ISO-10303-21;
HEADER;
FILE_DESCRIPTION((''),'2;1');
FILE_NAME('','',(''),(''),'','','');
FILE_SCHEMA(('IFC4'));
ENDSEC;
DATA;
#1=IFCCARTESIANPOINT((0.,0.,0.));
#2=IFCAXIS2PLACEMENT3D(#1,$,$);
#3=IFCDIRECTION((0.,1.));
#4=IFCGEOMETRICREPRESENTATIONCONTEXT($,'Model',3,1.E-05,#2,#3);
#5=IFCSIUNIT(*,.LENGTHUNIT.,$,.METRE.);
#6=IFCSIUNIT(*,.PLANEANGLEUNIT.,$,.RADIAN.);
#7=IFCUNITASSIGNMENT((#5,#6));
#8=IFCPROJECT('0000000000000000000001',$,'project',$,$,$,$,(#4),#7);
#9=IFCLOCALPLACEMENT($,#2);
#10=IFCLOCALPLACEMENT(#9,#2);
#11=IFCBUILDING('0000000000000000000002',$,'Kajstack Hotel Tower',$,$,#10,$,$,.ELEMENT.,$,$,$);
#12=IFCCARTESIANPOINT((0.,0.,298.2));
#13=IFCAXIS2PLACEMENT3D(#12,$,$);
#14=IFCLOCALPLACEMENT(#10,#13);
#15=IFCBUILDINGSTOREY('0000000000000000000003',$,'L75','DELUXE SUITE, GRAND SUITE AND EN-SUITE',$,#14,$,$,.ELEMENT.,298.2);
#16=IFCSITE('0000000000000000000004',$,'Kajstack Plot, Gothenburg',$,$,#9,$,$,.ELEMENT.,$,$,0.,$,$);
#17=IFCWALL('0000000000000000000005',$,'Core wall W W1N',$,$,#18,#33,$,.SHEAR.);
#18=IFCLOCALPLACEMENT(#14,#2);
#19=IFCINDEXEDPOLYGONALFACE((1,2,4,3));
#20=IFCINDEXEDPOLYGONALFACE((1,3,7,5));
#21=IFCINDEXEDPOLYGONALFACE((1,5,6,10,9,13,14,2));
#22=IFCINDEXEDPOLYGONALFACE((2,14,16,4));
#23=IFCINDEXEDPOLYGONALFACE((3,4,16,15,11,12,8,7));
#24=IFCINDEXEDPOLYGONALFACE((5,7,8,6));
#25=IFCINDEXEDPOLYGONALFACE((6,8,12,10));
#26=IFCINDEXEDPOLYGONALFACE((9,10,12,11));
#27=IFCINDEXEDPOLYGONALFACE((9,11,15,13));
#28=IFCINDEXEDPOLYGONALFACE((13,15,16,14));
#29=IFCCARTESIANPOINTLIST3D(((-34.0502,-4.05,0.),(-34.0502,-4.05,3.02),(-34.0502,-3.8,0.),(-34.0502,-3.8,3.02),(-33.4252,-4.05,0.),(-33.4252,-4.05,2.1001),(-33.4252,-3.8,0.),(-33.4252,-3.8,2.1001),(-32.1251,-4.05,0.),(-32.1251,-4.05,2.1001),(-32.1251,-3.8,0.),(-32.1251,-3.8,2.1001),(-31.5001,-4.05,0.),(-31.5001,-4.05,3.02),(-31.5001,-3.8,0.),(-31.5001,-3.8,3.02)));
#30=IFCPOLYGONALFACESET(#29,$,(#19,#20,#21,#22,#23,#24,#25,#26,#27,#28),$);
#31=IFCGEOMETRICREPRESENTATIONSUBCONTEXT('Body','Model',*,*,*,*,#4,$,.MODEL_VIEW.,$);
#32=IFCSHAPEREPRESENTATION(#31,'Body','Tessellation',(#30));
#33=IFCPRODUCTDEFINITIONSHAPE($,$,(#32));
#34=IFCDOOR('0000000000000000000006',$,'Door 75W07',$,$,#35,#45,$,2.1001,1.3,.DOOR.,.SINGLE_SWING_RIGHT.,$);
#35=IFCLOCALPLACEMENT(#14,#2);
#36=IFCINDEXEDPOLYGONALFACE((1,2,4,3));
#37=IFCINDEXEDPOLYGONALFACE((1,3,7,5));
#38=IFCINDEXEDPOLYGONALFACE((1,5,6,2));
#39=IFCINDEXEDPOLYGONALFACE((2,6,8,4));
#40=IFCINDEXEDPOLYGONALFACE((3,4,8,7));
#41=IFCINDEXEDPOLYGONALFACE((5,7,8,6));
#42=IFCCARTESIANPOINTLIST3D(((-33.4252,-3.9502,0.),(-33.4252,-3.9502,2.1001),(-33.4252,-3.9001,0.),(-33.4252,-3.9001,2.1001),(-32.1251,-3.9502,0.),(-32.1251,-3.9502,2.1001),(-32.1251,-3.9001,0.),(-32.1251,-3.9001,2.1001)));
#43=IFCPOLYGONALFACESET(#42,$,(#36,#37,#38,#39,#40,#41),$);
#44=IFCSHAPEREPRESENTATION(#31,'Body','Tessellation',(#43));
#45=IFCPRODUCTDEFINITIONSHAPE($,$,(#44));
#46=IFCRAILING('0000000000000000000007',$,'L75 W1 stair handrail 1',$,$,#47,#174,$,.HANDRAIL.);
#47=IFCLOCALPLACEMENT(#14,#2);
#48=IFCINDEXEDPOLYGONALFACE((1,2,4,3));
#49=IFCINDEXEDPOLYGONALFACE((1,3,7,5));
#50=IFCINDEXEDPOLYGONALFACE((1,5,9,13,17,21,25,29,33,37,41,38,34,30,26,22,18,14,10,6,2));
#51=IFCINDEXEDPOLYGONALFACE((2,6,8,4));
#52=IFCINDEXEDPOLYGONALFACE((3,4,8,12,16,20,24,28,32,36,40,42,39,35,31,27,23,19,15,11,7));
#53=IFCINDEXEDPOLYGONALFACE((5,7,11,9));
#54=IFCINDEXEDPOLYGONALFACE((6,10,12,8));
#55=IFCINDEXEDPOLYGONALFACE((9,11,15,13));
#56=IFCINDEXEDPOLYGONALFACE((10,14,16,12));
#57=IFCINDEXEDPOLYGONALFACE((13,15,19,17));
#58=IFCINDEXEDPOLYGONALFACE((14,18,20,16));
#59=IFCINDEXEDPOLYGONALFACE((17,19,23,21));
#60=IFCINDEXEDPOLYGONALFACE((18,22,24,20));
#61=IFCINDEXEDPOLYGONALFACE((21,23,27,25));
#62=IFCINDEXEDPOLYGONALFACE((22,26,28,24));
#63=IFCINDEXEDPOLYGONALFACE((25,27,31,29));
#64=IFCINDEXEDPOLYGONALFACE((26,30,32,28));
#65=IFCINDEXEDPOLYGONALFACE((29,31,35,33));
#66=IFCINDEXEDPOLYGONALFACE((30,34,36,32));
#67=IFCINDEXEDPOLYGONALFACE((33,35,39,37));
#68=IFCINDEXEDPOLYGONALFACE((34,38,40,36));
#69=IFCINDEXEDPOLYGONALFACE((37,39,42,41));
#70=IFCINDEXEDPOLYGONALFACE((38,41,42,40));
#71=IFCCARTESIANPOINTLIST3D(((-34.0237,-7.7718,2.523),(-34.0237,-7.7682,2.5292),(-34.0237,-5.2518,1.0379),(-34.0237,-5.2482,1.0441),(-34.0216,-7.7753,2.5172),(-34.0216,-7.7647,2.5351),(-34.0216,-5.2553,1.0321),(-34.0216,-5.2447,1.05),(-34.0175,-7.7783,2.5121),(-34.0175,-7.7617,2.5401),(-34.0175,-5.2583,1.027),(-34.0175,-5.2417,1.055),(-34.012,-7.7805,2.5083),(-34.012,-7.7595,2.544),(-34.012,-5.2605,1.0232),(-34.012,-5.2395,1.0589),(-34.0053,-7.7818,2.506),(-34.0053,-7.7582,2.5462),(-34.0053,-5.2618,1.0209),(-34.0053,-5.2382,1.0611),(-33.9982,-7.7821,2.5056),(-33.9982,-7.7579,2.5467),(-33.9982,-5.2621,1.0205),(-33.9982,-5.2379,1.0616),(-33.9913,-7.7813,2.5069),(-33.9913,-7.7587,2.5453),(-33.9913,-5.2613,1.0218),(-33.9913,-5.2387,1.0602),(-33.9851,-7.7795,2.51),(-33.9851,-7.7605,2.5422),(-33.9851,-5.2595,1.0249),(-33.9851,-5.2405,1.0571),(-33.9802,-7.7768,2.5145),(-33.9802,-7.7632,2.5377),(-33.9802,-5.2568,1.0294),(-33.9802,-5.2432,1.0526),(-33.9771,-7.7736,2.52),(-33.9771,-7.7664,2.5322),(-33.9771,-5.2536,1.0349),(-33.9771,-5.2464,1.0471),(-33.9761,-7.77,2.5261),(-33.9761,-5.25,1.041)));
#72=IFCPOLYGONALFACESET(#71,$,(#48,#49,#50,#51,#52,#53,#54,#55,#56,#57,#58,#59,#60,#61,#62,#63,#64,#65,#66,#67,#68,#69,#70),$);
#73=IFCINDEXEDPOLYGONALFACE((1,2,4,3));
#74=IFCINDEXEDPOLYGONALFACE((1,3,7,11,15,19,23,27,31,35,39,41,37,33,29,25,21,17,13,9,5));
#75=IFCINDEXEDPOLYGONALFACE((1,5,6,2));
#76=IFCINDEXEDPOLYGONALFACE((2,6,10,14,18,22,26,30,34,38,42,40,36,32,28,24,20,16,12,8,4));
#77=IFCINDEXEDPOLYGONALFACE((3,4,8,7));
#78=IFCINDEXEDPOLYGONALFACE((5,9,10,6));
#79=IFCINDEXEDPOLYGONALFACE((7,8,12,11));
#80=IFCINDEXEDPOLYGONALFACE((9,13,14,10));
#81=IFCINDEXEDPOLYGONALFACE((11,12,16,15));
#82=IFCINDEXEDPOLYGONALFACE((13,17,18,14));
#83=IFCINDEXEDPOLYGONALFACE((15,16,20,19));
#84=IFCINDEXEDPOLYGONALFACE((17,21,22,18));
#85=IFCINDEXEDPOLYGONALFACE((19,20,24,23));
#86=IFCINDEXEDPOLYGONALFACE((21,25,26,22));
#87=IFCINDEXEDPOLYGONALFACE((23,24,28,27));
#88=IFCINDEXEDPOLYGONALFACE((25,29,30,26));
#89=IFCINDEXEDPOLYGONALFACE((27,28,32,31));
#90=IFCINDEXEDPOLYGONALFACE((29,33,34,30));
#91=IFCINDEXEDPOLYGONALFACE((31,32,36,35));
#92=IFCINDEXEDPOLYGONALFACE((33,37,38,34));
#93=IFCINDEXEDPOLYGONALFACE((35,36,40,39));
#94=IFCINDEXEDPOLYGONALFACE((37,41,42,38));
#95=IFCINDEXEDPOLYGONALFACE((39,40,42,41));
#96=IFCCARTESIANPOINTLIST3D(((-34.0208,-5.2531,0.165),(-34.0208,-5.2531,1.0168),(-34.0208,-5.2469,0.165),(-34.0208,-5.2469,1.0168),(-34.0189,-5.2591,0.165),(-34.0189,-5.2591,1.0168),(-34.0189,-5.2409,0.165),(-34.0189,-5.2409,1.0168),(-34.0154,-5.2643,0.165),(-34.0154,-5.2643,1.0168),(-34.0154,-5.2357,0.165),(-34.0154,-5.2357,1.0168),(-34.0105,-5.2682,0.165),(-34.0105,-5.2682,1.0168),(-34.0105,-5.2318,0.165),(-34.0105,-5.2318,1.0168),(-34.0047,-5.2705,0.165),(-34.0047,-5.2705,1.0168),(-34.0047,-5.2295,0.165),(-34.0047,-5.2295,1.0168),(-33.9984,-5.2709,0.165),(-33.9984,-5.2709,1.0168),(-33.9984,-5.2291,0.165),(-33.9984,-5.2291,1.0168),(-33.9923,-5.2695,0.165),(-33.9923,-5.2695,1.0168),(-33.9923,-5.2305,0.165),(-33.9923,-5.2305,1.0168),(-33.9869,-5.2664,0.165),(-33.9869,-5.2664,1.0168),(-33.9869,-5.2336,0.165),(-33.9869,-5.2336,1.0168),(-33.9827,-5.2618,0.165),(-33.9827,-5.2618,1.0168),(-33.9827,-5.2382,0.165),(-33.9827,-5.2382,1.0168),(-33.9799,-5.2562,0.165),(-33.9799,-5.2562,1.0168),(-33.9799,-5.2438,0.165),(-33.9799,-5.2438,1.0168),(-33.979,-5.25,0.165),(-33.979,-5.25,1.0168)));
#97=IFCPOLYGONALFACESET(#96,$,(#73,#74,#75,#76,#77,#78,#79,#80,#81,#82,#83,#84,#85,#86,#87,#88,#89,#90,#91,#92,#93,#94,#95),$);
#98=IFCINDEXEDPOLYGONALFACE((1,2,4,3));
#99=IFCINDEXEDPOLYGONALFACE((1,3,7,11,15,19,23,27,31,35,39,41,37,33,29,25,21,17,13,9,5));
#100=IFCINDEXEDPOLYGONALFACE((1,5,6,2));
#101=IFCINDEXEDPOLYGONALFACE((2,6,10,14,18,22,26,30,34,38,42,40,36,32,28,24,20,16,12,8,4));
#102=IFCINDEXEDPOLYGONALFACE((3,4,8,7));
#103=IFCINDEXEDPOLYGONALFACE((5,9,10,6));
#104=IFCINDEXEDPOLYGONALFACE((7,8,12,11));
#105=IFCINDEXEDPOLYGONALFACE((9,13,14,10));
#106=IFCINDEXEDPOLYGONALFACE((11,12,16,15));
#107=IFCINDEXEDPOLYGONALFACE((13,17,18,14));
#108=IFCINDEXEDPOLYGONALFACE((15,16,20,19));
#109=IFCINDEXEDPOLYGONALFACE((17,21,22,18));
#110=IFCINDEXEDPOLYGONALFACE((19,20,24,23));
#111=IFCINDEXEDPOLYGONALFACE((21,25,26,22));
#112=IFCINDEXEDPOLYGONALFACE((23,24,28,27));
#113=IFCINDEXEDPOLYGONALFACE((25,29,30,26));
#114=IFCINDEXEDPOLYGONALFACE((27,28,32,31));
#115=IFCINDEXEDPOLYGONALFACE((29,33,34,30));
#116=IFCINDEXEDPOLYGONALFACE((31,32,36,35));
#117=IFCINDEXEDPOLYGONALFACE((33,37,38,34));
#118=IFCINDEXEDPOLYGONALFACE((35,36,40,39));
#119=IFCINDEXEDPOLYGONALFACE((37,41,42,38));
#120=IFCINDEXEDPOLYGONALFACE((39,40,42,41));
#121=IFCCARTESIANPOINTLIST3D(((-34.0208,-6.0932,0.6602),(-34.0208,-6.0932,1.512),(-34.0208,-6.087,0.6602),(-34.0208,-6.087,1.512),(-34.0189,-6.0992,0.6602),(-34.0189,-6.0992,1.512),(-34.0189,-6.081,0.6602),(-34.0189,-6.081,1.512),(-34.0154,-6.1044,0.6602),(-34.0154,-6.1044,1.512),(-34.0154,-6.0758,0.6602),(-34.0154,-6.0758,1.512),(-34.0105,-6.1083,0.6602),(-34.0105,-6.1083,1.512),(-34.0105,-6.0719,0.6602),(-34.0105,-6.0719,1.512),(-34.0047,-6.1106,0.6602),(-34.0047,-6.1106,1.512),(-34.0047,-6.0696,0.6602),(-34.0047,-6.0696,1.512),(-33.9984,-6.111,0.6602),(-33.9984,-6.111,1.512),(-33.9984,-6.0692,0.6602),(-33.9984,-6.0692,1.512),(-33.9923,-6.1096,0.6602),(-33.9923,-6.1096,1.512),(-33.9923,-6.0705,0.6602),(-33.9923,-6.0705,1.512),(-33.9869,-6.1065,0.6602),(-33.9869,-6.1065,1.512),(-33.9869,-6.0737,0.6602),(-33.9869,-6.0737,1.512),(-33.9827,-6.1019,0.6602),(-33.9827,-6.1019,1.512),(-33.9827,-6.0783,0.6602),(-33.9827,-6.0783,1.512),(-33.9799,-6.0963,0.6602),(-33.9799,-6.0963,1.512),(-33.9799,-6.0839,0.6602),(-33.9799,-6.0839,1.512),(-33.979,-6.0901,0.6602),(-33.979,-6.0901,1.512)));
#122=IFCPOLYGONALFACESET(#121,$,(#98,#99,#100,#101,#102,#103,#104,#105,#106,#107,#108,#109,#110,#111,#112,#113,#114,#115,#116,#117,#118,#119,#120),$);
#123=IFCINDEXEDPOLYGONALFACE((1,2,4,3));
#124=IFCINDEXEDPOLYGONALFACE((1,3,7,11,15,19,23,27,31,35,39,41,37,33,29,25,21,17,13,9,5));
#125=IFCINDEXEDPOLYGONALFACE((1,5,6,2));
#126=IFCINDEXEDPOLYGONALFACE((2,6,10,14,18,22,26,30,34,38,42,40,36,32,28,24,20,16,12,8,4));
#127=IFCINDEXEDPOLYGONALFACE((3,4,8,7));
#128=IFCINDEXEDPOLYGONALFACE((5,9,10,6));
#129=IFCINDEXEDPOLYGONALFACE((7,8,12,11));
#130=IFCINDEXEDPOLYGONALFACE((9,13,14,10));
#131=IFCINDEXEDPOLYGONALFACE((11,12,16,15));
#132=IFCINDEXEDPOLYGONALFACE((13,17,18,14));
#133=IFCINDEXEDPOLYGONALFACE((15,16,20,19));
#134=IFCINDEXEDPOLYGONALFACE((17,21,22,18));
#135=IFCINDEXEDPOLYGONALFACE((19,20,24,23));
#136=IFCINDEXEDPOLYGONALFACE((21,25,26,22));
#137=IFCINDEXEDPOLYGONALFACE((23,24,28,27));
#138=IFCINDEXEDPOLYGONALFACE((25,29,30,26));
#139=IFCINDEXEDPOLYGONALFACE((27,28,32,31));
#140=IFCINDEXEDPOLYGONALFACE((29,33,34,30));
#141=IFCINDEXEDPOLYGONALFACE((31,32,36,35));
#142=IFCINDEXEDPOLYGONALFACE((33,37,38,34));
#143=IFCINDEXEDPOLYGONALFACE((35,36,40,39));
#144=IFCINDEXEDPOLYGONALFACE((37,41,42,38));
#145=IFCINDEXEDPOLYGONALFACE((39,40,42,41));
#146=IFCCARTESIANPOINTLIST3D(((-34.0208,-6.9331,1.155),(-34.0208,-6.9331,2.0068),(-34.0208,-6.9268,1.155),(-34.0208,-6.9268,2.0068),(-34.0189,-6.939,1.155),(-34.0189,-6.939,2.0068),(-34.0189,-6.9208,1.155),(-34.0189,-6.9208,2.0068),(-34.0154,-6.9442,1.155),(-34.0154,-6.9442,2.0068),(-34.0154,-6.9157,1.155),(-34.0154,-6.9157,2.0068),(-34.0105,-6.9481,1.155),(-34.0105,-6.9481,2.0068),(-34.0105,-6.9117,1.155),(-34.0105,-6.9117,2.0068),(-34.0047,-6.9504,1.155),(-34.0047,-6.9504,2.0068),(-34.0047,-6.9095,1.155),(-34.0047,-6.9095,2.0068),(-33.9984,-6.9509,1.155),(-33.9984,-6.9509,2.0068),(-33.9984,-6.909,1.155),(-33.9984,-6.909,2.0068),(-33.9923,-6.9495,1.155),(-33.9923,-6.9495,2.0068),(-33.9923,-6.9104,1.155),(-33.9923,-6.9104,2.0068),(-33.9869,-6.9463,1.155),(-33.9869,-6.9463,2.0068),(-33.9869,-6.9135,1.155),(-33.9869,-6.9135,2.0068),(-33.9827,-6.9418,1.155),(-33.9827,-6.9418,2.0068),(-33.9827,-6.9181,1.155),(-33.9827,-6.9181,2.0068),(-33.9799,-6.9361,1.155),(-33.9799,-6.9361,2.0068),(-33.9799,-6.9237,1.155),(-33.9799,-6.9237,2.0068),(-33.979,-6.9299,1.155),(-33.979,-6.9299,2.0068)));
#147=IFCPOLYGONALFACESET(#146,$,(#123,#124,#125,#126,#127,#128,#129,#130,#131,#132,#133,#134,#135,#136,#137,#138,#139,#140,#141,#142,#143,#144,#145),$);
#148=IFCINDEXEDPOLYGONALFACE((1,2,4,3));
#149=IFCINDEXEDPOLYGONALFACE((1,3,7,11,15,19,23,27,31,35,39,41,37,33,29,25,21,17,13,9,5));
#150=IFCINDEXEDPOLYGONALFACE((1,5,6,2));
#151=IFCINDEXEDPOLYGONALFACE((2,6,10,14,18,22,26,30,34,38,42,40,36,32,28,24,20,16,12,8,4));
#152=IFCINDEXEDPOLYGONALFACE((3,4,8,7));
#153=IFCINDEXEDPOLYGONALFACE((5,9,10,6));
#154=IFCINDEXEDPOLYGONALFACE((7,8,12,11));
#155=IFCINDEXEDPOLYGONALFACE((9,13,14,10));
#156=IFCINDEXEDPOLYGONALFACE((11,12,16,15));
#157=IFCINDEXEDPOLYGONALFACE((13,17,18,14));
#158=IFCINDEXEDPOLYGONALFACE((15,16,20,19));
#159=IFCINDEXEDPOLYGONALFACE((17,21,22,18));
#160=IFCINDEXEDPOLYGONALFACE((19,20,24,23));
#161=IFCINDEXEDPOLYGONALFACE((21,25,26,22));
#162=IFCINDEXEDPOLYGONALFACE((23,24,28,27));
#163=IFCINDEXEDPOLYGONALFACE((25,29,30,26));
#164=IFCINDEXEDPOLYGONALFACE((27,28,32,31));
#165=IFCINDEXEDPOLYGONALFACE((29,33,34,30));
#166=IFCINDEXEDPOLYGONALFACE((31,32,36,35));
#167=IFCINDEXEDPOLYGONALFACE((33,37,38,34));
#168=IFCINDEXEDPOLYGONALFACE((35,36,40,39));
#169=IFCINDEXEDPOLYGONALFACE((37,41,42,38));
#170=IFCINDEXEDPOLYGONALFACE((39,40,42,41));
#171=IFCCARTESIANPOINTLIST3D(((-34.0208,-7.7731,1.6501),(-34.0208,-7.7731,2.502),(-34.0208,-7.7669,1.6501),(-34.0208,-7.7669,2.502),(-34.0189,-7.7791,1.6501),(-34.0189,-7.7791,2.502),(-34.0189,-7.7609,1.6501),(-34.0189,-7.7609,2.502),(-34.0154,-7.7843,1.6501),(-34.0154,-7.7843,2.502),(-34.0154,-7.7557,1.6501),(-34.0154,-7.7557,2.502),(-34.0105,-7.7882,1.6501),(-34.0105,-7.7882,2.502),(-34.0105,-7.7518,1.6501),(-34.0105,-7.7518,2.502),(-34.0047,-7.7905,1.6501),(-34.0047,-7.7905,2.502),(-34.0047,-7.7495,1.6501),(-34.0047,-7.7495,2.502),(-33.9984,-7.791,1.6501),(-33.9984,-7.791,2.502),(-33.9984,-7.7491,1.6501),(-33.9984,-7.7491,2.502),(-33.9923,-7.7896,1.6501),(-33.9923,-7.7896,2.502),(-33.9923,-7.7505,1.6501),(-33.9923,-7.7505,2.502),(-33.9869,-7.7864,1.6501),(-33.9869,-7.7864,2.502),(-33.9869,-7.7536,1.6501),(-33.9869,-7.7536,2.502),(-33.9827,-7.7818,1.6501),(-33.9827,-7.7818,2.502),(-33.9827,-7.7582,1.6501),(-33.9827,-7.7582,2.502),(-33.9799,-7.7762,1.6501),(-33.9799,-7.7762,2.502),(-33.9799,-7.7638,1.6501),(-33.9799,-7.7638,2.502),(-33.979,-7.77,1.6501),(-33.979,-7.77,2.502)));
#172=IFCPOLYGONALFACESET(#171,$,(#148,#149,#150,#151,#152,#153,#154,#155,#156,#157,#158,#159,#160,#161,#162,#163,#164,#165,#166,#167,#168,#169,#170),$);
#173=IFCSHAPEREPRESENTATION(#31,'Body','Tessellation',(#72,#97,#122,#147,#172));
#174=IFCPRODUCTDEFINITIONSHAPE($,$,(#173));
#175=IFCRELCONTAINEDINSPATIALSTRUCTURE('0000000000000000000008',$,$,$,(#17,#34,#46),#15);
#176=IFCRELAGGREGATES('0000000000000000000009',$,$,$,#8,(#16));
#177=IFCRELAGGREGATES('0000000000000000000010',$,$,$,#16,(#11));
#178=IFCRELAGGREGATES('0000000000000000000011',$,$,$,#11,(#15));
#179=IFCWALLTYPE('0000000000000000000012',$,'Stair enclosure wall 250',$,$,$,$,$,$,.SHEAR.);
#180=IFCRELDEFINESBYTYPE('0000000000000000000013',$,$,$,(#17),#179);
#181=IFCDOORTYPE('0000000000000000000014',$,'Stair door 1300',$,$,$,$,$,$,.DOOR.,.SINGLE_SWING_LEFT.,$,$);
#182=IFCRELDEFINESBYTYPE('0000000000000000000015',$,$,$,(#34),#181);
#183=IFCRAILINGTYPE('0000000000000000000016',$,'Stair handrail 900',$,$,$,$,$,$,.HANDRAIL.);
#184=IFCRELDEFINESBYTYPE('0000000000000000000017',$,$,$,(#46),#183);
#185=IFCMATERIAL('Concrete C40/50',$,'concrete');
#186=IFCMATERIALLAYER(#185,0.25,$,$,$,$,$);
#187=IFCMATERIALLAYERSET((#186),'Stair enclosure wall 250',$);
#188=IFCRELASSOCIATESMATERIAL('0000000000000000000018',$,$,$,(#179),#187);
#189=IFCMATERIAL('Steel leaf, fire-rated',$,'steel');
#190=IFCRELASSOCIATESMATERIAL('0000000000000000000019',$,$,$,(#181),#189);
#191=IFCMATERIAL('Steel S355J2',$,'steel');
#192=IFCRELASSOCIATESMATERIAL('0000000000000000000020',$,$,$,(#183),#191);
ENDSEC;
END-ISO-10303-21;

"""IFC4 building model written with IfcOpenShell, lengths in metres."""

from ifc_helpers import new_model, si_unit, direction, frame, frame_2d, origin, origin_2d, place, context, subcontext, project, spatial, rectangle, circle, extrude, material, layer, layer_set, type_object, element, fill, save


model = new_model("IFC4")

# Units and contexts
model_context = context("Model", 3, precision=1e-05, world=origin(), true_north=direction((0.0, 1.0)))
body_context = subcontext(model_context, "Body", "Model", "MODEL_VIEW")
ifc_project = project(units=[si_unit("LENGTHUNIT", "METRE"), si_unit("PLANEANGLEUNIT", "RADIAN")], contexts=[model_context])

# Site, building, storey
site_placement = place(None, origin())
site = spatial("IfcSite", under=ifc_project, at=site_placement, Name="Kajstack Plot, Gothenburg", CompositionType="ELEMENT", RefElevation=0.0)
building_placement = place(site_placement, origin())
building = spatial("IfcBuilding", under=site, at=building_placement, Name="Kajstack Hotel Tower", CompositionType="ELEMENT")
storey_placement = place(building_placement, frame((0.0, 0.0, 298.2)))
storey = spatial("IfcBuildingStorey", under=building, at=storey_placement, Name="L75", Description="DELUXE SUITE, GRAND SUITE AND EN-SUITE", CompositionType="ELEMENT", Elevation=298.2)

# Wall, opening, door
ifc_material_1 = material(Name="Concrete C40/50", Category="concrete")
ifc_layer_1 = layer(ifc_material_1, 0.25)
ifc_layer_set_1 = layer_set([ifc_layer_1], Name="Stair enclosure wall 250")
wall_type_1 = type_object("IfcWallType", Name="Stair enclosure wall 250", PredefinedType="SHEAR", material=ifc_layer_set_1)
wall_1_placement = place(storey_placement, frame((-34.05, -3.925, 0.0), z_axis=(0.0, 0.0, 1.0), x_axis=(1.0, 0.0, 0.0)))
wall_1 = element("IfcWall", 1, at=wall_1_placement, inside=storey, type_object=wall_type_1, Name="Core wall W W1N", PredefinedType="SHEAR", context=body_context, shape_type="SweptSolid", body=[
    extrude(rectangle(XDim=2.55, YDim=0.25, at=frame_2d((1.2749, 0.0))), origin(), (0.0, 0.0, 1.0), 3.02),
])
opening_1_placement = place(wall_1_placement, frame((0.625, 0.0, 0.0)))
opening_1 = element("IfcOpeningElement", 2, at=opening_1_placement, cuts=wall_1, PredefinedType="OPENING", context=body_context, shape_type="SweptSolid", body=[
    extrude(rectangle(XDim=1.3, YDim=2.1001, at=frame_2d((0.6499, 1.05))), frame((0.0, 0.135, 0.0), z_axis=(0.0, -1.0, 0.0), x_axis=(1.0, 0.0, 0.0)), (0.0, 0.0, 1.0), 0.27),
])
ifc_material_2 = material(Name="Steel leaf, fire-rated", Category="steel")
door_type_1 = type_object("IfcDoorType", Name="Stair door 1300", OperationType="SINGLE_SWING_LEFT", PredefinedType="DOOR", material=ifc_material_2)
door_1_placement = place(opening_1_placement, origin())
door_1 = element("IfcDoor", 3, at=door_1_placement, inside=storey, type_object=door_type_1, Name="Door 75W07", OperationType="SINGLE_SWING_RIGHT", OverallHeight=2.1001, OverallWidth=1.3, PredefinedType="DOOR", context=body_context, shape_type="SweptSolid", body=[
    extrude(rectangle(XDim=1.3, YDim=2.1001, at=frame_2d((0.6499, 1.05))), frame((0.0, 0.0249, 0.0), z_axis=(0.0, -1.0, 0.0), x_axis=(1.0, 0.0, 0.0)), (0.0, 0.0, 1.0), 0.05),
])
fill(opening_1, door_1)

# Railing
ifc_material_3 = material(Name="Steel S355J2", Category="steel")
railing_type_1 = type_object("IfcRailingType", Name="Stair handrail 900", PredefinedType="HANDRAIL", material=ifc_material_3)
railing_1_placement = place(storey_placement, frame((-34.0, -5.25, 0.165)))
element("IfcRailing", 4, at=railing_1_placement, inside=storey, type_object=railing_type_1, Name="L75 W1 stair handrail 1", PredefinedType="HANDRAIL", context=body_context, shape_type="SweptSolid", body=[
    extrude(circle(Radius=0.0239, at=origin_2d()), frame((0.0, 0.0, 0.876), z_axis=(0.0, -0.861524, 0.507717), x_axis=(1.0, 0.0, 0.0)), (0.0, 0.0, 1.0), 2.925),
    extrude(circle(Radius=0.021, at=origin_2d()), origin(), (0.0, 0.0, 1.0), 0.8518),
    extrude(circle(Radius=0.021, at=origin_2d()), frame((0.0, -0.8401, 0.4951)), (0.0, 0.0, 1.0), 0.8518),
    extrude(circle(Radius=0.021, at=origin_2d()), frame((0.0, -1.6799, 0.99)), (0.0, 0.0, 1.0), 0.8518),
    extrude(circle(Radius=0.021, at=origin_2d()), frame((0.0, -2.52, 1.4851)), (0.0, 0.0, 1.0), 0.8518),
])

save(model, "model.ifc")
